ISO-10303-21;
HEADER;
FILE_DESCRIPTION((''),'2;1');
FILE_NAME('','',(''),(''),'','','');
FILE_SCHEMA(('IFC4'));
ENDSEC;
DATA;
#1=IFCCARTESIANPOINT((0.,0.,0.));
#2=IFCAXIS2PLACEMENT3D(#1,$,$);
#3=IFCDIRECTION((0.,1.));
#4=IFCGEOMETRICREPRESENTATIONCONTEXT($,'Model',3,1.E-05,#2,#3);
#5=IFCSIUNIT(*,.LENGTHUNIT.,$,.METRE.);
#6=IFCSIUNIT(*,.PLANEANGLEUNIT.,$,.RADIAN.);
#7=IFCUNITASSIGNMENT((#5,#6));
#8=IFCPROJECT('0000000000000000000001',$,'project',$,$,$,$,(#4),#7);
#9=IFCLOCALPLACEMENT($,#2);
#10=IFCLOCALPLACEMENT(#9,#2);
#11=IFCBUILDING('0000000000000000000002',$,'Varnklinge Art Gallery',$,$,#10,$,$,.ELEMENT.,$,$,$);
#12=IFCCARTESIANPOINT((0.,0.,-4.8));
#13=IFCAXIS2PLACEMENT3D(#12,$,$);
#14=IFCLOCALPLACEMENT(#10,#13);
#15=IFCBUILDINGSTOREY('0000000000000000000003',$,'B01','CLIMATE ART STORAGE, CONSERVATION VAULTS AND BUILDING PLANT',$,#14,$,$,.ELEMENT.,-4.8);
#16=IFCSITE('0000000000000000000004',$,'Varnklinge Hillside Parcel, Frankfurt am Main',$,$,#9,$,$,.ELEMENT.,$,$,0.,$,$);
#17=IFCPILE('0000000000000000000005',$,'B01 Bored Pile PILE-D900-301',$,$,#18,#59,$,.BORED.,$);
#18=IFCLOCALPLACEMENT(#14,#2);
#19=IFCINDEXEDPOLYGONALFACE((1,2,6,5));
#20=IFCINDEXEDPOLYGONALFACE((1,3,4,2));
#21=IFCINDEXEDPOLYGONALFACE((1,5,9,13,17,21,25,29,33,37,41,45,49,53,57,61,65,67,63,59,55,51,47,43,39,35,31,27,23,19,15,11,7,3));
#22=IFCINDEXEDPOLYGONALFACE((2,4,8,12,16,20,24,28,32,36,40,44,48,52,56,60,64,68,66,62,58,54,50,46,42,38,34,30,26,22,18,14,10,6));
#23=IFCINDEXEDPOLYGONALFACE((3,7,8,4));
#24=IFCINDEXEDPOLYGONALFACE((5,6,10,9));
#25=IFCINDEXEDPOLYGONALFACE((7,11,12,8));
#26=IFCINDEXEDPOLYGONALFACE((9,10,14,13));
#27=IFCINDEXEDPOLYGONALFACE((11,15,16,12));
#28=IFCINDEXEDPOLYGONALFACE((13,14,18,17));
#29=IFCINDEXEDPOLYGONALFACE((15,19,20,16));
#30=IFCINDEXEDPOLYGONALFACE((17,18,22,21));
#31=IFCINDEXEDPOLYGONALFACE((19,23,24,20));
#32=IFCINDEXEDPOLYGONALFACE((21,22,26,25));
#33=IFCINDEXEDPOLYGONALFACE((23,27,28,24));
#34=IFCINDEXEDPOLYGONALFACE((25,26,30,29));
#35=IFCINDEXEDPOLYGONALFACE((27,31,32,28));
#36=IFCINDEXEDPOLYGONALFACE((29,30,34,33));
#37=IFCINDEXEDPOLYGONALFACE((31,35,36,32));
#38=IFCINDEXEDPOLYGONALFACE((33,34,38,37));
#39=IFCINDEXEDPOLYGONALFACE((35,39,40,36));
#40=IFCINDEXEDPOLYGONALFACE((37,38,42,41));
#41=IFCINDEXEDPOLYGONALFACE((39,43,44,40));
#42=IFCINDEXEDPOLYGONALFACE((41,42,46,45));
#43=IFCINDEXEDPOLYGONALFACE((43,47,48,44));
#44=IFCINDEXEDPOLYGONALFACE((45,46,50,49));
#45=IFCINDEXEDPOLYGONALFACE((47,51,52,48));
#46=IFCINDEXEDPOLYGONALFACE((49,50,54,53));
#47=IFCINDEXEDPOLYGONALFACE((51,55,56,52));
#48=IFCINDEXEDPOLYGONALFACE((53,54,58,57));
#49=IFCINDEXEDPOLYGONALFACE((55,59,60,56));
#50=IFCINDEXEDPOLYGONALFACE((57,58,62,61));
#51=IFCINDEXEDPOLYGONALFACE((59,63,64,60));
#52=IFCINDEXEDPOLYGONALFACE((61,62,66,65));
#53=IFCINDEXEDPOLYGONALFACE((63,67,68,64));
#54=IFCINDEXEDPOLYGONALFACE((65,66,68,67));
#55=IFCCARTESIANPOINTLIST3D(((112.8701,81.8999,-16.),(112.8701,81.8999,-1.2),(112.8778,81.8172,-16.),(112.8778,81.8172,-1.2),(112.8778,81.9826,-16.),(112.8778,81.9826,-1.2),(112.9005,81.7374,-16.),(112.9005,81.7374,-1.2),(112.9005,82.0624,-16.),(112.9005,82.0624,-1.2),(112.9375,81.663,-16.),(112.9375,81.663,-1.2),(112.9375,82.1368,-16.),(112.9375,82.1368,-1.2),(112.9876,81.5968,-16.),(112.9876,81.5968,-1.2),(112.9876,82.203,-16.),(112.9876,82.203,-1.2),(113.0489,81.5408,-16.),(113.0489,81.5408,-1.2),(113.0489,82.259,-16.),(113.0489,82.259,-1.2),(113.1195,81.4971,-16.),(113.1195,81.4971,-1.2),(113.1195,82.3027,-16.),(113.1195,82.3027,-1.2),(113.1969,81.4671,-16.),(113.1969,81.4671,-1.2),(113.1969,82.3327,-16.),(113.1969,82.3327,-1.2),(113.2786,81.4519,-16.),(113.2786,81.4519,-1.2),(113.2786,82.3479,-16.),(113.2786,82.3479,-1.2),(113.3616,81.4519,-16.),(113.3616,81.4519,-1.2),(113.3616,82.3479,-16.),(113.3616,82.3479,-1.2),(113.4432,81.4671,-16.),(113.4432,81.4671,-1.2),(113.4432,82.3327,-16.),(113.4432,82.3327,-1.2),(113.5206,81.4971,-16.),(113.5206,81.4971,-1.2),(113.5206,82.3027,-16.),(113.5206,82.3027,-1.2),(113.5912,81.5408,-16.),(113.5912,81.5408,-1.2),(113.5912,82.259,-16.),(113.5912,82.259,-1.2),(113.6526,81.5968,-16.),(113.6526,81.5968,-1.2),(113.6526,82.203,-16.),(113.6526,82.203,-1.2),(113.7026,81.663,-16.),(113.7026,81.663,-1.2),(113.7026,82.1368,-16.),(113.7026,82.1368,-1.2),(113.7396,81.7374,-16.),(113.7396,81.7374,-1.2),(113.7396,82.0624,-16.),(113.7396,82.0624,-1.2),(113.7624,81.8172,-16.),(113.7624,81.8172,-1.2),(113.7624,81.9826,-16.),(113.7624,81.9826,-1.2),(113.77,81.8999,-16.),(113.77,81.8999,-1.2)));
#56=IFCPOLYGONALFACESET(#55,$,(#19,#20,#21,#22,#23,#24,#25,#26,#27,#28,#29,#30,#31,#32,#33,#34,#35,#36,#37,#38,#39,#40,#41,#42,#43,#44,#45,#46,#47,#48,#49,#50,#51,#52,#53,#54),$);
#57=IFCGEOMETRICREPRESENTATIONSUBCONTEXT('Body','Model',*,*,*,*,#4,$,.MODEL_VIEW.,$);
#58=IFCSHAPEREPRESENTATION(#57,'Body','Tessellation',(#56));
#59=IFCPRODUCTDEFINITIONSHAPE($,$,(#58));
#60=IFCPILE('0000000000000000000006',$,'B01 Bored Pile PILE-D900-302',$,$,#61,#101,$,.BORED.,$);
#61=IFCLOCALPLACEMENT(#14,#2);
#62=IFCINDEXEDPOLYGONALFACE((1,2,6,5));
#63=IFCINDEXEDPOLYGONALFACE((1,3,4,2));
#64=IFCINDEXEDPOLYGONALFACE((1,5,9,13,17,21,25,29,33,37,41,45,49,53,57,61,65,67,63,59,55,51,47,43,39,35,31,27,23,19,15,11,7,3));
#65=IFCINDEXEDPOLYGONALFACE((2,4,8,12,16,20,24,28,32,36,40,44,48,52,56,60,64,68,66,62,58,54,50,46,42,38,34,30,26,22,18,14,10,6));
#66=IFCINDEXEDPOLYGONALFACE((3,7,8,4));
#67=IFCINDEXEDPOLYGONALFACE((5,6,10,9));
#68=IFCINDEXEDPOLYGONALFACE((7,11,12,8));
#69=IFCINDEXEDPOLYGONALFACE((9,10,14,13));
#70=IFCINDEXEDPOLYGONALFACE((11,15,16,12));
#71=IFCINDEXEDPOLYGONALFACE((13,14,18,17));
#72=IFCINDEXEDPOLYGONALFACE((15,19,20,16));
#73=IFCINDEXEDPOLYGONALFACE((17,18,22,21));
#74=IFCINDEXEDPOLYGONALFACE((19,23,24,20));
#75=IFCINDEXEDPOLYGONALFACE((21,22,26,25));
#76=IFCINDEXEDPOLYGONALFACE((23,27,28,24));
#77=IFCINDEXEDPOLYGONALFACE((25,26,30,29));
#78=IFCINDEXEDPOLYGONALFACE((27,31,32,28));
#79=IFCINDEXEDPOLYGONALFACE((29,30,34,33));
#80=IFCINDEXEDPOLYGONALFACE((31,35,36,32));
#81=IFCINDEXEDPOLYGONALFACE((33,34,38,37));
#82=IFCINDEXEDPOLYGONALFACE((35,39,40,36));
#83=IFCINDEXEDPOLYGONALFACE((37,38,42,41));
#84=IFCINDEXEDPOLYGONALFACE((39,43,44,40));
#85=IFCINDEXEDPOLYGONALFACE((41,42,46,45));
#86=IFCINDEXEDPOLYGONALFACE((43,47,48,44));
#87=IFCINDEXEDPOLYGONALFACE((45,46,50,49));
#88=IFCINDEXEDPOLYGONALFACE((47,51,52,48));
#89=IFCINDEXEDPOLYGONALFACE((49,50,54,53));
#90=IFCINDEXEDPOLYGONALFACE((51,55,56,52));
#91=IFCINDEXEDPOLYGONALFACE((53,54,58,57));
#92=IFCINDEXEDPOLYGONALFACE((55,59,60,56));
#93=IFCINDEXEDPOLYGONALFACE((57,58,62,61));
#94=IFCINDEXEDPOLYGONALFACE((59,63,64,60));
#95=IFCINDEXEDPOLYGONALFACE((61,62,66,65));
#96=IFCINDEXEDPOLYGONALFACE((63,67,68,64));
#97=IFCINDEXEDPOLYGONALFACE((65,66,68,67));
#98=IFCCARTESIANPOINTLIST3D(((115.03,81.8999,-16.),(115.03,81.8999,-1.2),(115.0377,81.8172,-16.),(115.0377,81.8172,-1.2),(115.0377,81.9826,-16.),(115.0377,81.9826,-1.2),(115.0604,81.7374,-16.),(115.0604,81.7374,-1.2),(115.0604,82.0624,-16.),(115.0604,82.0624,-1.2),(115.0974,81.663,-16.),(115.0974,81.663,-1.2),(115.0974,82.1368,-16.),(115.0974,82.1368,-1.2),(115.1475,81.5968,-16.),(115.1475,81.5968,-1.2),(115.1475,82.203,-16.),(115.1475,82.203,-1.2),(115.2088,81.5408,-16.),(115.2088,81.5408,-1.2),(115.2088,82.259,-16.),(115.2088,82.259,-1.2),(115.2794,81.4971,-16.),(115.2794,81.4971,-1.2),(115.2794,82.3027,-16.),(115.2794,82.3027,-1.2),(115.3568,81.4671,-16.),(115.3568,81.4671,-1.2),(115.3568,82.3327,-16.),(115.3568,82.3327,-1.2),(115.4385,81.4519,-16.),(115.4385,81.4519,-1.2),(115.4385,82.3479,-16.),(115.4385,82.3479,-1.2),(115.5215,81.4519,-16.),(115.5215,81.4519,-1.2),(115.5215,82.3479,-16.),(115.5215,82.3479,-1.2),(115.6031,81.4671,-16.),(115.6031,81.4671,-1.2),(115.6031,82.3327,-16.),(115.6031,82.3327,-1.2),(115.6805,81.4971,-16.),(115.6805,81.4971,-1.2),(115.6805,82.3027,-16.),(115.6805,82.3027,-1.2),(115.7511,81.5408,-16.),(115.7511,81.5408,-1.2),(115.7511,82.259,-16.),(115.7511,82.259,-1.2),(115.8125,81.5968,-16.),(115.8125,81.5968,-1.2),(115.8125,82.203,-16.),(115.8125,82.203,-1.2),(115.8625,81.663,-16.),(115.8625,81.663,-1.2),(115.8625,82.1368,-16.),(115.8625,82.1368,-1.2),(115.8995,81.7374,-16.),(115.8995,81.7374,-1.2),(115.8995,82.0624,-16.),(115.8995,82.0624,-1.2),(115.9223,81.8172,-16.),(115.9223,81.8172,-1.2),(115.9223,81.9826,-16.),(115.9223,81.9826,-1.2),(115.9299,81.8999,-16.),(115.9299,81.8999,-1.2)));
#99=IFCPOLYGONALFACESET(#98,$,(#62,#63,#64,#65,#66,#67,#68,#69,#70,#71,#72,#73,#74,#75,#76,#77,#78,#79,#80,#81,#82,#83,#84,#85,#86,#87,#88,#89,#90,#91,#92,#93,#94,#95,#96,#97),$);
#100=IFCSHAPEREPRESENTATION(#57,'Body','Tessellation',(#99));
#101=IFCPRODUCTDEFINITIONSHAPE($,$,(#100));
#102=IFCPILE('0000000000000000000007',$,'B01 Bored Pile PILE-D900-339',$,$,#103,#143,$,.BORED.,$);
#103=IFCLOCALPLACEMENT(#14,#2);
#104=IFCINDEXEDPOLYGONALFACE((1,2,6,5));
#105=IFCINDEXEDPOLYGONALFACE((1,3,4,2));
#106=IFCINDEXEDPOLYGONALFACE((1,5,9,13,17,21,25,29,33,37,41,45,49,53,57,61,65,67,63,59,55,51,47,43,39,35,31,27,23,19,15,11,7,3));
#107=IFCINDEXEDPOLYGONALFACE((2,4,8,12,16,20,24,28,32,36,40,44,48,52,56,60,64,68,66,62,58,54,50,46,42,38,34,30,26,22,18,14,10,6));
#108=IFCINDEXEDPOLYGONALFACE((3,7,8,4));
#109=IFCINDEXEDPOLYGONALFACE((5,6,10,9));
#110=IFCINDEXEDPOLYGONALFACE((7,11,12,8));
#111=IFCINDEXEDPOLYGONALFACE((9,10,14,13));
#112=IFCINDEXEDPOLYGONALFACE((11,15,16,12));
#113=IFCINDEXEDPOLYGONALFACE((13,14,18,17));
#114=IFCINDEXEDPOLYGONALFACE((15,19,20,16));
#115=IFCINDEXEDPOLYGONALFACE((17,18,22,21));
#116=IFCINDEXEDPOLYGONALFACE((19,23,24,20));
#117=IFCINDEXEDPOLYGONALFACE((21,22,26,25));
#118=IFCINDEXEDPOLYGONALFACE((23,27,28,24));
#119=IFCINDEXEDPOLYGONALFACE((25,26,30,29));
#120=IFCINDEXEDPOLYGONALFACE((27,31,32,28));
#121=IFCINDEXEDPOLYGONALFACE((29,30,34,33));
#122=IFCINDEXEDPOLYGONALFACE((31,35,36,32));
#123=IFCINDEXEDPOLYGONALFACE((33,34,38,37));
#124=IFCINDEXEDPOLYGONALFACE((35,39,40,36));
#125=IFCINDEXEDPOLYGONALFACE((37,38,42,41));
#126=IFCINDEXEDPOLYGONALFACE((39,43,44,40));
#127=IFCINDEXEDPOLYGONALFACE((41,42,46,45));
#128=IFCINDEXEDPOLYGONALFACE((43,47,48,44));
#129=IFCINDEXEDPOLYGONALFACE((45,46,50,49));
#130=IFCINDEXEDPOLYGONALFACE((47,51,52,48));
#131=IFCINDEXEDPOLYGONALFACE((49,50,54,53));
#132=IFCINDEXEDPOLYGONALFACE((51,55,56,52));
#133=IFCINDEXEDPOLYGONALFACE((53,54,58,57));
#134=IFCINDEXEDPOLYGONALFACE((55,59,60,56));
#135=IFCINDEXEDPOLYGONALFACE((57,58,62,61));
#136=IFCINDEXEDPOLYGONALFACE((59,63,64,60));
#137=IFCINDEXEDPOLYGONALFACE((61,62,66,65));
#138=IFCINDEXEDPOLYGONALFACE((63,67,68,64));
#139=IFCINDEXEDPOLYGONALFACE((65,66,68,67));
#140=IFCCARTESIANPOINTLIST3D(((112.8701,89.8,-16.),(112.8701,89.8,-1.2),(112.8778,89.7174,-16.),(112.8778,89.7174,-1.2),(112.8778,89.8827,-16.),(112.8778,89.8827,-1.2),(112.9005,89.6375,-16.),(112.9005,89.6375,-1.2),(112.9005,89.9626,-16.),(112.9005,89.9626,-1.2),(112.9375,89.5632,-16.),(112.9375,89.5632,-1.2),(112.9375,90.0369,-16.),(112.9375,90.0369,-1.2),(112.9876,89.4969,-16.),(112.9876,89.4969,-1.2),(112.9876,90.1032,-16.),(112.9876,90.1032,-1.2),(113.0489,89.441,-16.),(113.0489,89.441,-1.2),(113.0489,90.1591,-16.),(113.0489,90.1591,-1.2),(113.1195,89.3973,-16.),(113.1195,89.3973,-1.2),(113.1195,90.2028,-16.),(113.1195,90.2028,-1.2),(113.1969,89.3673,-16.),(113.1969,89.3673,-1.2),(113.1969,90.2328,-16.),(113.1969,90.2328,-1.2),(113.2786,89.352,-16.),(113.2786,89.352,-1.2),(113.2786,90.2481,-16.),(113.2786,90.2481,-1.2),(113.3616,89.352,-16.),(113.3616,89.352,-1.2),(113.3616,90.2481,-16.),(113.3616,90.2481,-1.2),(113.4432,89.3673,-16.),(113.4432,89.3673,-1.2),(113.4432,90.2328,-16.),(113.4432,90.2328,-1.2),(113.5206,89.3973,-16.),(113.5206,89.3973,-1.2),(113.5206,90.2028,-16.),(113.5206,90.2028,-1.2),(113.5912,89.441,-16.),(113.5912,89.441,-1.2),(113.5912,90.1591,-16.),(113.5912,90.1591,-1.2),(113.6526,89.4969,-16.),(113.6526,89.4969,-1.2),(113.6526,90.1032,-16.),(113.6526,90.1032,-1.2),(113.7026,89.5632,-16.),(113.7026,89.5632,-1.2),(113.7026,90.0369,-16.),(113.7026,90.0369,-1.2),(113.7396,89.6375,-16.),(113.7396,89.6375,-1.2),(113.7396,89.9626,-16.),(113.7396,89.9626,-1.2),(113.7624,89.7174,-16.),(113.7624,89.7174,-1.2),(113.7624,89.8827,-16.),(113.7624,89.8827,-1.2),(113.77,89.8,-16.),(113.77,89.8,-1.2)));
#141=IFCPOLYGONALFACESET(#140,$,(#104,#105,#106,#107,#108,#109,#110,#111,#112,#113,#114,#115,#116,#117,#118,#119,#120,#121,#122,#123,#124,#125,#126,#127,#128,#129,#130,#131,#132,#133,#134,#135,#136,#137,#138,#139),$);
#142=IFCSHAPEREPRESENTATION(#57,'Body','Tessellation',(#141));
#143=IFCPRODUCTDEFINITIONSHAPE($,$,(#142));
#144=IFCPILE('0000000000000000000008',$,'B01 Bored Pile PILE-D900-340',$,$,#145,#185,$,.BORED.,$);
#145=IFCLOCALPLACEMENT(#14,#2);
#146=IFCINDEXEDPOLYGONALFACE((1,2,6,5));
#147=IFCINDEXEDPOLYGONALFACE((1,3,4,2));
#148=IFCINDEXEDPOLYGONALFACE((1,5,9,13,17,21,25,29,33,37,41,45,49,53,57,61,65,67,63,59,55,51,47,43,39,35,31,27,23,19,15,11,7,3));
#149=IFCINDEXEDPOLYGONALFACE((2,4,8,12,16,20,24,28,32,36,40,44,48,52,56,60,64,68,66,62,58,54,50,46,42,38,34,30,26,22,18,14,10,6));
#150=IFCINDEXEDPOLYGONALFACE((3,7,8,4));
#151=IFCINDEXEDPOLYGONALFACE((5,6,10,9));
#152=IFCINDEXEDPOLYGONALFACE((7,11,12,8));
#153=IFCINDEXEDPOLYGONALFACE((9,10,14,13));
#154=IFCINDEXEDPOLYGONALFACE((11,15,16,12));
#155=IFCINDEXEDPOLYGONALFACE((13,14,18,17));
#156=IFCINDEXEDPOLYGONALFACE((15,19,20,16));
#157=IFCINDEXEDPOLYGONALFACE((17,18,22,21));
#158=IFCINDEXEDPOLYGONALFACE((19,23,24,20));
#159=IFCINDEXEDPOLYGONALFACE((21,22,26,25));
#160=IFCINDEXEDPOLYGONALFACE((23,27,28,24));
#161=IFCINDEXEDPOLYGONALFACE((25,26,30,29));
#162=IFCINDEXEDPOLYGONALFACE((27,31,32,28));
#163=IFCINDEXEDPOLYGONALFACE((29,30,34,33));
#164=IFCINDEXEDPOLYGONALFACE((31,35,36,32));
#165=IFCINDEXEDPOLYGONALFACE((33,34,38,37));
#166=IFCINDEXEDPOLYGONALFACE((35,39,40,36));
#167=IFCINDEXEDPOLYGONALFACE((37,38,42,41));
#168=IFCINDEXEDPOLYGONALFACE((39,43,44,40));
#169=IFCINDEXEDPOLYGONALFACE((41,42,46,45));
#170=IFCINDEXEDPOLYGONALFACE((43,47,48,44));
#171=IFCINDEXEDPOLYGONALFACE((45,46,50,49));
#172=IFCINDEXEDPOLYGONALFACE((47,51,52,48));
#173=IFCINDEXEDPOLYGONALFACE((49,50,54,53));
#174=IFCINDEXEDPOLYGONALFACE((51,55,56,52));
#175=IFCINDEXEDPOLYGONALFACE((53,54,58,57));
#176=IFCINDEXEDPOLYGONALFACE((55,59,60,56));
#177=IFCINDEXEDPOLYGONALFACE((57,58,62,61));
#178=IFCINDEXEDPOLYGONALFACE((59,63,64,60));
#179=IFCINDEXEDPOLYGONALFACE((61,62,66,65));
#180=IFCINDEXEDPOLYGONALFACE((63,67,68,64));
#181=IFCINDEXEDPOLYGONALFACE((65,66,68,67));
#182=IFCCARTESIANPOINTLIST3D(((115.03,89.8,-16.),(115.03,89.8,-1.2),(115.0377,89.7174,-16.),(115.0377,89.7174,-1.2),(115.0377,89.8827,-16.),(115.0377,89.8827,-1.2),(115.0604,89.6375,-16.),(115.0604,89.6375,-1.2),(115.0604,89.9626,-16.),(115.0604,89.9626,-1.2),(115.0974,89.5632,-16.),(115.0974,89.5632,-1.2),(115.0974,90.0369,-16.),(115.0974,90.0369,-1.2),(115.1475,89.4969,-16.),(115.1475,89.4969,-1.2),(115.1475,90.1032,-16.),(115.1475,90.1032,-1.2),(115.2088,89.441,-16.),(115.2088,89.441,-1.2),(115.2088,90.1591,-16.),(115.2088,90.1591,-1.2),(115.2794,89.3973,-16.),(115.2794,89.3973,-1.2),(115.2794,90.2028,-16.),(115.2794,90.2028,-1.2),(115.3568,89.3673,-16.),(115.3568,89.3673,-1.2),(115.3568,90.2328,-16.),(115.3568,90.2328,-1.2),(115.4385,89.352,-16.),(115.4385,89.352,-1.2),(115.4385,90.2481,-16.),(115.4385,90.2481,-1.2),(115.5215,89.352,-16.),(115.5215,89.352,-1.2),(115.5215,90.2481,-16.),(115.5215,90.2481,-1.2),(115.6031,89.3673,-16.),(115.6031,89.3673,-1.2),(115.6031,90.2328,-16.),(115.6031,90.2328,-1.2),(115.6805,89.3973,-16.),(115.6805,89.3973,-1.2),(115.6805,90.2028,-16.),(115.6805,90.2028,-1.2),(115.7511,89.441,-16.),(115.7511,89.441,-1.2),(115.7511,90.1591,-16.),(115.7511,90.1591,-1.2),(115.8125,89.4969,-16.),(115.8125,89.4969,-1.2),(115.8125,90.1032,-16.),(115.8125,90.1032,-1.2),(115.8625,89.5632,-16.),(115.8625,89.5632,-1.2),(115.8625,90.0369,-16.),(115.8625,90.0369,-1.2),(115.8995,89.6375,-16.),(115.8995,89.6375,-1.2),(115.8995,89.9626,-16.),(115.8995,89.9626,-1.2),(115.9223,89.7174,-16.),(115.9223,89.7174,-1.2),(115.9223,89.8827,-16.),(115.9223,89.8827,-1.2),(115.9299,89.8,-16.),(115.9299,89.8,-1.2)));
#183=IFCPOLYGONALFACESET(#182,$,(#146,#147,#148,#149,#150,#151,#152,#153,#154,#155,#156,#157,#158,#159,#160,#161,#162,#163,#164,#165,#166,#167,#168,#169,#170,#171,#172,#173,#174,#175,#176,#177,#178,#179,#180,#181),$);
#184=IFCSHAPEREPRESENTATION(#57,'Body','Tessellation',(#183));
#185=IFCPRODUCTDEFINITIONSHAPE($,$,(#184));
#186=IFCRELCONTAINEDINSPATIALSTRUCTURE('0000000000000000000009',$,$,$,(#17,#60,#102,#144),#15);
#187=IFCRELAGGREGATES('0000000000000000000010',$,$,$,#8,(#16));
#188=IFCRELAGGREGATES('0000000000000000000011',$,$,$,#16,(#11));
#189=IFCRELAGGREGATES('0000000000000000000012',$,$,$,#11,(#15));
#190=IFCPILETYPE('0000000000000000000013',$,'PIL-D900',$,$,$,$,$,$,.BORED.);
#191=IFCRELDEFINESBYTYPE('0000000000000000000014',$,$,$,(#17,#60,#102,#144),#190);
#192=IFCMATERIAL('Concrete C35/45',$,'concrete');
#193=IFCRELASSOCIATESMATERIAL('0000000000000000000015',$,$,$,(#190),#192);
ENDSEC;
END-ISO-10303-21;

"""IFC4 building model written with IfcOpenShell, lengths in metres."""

from ifc_helpers import new_model, si_unit, direction, frame, origin, origin_2d, place, context, subcontext, project, spatial, circle, extrude, material, material_profile, profile_set, type_object, element, save


model = new_model("IFC4")

# Units and contexts
model_context = context("Model", 3, precision=1e-05, world=origin(), true_north=direction((0.0, 1.0)))
body_context = subcontext(model_context, "Body", "Model", "MODEL_VIEW")
ifc_project = project(units=[si_unit("LENGTHUNIT", "METRE"), si_unit("PLANEANGLEUNIT", "RADIAN")], contexts=[model_context])

# Site, building, storey
site_placement = place(None, origin())
site = spatial("IfcSite", under=ifc_project, at=site_placement, Name="Varnklinge Hillside Parcel, Frankfurt am Main", CompositionType="ELEMENT", RefElevation=0.0)
building_placement = place(site_placement, origin())
building = spatial("IfcBuilding", under=site, at=building_placement, Name="Varnklinge Art Gallery", CompositionType="ELEMENT")
storey_placement = place(building_placement, frame((0.0, 0.0, -4.8)))
storey = spatial("IfcBuildingStorey", under=building, at=storey_placement, Name="B01", Description="CLIMATE ART STORAGE, CONSERVATION VAULTS AND BUILDING PLANT", CompositionType="ELEMENT", Elevation=-4.8)

# Piles
ifc_material_1 = material(Name="Concrete C35/45", Category="concrete")
ifc_material_profile_1 = material_profile(ifc_material_1, circle(Radius=0.45, at=origin_2d()), Name="PILE D900")
ifc_profile_set_1 = profile_set([ifc_material_profile_1], Name="Concrete C35/45")
pile_type_1 = type_object("IfcPileType", Name="PIL-D900", PredefinedType="BORED", material=ifc_profile_set_1)
for number, where, z_axis, x_axis, name in (
    (1, (113.3201, 81.8999, -1.2), (0.0, 0.0, -1.0), (1.0, 0.0, 0.0), "B01 Bored Pile PILE-D900-301"),
    (2, (115.48, 81.8999, -1.2), (0.0, 0.0, -1.0), (1.0, 0.0, 0.0), "B01 Bored Pile PILE-D900-302"),
    (3, (113.3201, 89.8, -1.2), (0.0, 0.0, -1.0), (1.0, 0.0, 0.0), "B01 Bored Pile PILE-D900-339"),
    (4, (115.48, 89.8, -1.2), (0.0, 0.0, -1.0), (1.0, 0.0, 0.0), "B01 Bored Pile PILE-D900-340"),
):
    element("IfcPile", number, at=place(storey_placement, frame(where, z_axis=z_axis, x_axis=x_axis)), inside=storey, type_object=pile_type_1, Name=name, PredefinedType="BORED", context=body_context, shape_type="SweptSolid", body=[
        extrude(circle(Radius=0.45, at=origin_2d()), origin(), (0.0, 0.0, 1.0), 14.8),
    ])

save(model, "model.ifc")
